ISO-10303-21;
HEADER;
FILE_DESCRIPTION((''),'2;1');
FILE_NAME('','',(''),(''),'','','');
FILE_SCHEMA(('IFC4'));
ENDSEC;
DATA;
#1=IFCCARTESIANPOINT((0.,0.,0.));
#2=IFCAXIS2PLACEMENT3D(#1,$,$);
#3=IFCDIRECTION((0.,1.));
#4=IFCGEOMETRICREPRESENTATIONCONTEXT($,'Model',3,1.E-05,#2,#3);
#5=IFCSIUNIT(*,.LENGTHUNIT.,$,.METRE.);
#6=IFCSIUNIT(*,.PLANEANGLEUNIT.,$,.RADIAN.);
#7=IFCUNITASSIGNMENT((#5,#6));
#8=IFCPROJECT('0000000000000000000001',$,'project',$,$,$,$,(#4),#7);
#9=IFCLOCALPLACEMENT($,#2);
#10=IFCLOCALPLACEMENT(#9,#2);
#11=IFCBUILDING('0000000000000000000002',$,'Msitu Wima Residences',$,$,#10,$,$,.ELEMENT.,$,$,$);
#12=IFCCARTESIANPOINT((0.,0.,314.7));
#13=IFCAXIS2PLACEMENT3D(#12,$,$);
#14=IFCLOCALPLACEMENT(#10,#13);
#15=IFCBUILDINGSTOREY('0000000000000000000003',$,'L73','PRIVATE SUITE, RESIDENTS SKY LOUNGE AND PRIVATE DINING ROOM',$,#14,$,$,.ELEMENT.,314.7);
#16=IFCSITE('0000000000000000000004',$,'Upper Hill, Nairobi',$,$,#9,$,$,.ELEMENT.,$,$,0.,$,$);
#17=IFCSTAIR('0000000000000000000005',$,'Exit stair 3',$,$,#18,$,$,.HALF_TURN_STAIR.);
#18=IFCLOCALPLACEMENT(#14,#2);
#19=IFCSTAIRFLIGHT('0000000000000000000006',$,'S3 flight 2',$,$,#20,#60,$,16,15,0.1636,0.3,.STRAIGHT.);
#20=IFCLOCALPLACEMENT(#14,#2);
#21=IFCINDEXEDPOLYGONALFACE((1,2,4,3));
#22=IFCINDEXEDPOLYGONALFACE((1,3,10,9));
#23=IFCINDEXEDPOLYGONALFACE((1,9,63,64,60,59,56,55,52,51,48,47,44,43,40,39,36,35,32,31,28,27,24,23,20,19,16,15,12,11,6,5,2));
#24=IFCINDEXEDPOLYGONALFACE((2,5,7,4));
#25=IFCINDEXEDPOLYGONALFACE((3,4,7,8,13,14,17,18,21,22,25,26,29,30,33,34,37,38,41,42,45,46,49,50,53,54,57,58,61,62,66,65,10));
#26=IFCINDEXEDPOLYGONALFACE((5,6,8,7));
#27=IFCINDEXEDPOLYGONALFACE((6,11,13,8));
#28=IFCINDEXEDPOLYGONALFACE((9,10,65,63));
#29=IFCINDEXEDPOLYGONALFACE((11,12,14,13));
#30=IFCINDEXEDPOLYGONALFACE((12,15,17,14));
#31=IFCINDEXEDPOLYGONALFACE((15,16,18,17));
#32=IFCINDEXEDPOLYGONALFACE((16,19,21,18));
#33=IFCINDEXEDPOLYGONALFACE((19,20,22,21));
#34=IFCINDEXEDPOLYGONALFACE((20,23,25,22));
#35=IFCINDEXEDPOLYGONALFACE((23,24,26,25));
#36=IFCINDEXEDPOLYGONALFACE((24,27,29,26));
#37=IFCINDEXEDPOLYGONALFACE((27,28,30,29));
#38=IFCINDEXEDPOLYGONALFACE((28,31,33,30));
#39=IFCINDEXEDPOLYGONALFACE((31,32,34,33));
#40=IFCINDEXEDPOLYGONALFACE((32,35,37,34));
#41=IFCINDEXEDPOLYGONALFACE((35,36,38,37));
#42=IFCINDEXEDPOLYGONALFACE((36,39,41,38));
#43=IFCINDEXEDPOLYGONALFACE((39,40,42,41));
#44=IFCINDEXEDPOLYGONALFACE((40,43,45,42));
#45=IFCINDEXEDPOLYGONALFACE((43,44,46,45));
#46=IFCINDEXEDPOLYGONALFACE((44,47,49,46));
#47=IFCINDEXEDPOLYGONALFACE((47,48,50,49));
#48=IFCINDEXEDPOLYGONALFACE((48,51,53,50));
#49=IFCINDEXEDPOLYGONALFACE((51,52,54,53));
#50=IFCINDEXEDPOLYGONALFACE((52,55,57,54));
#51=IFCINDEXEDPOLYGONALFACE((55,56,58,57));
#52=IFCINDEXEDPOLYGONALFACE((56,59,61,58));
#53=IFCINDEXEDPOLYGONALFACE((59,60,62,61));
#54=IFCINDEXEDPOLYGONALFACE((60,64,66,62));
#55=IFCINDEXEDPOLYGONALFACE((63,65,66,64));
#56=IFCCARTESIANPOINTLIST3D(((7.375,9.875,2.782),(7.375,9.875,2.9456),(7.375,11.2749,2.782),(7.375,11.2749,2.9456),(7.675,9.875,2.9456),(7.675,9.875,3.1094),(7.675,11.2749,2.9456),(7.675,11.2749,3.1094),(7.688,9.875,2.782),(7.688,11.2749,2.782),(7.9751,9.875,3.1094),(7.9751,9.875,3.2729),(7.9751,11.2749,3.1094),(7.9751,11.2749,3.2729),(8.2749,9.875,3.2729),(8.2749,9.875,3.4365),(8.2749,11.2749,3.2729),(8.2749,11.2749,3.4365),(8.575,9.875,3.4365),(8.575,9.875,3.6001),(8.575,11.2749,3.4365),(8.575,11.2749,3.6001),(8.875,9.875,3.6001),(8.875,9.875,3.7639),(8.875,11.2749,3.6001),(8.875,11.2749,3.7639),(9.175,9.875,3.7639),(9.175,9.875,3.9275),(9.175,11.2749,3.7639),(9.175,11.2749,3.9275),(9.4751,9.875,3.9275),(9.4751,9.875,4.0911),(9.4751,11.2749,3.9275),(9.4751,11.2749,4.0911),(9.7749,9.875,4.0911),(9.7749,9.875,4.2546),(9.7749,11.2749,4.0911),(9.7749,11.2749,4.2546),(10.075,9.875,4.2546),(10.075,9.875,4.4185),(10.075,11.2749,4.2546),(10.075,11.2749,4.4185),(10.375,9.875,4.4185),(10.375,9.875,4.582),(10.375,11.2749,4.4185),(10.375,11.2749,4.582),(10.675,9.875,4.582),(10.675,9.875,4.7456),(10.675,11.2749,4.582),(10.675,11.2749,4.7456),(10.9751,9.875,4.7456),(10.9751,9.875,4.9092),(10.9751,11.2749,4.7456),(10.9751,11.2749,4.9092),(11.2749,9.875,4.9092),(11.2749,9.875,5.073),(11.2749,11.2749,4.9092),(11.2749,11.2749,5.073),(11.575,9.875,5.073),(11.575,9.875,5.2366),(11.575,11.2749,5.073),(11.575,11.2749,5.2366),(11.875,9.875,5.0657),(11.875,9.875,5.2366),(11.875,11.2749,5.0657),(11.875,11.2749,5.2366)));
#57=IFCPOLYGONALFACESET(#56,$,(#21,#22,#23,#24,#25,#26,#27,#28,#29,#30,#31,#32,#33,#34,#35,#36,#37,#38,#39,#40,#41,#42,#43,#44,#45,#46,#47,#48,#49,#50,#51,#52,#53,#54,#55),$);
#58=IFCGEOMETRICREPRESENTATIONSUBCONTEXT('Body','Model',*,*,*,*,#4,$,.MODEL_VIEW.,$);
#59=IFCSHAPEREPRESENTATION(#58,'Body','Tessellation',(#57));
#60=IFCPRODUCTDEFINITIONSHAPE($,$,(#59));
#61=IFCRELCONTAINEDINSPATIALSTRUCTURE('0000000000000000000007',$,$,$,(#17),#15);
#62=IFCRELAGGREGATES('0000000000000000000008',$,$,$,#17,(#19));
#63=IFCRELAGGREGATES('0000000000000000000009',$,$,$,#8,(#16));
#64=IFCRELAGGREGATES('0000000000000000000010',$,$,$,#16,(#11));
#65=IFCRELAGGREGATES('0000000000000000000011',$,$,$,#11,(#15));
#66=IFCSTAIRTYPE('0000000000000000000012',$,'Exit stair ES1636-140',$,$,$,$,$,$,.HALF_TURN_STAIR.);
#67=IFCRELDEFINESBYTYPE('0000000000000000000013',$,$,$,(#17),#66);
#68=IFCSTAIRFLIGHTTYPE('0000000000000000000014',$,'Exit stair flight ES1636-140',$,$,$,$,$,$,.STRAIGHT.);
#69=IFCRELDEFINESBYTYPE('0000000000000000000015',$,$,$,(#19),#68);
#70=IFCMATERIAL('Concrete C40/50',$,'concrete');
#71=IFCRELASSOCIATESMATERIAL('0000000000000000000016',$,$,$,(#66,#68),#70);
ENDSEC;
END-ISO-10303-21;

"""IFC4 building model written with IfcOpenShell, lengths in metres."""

from ifc_helpers import new_model, si_unit, direction, frame, origin, place, context, subcontext, project, spatial, polyline, outline, extrude, material, type_object, element, aggregate, save


model = new_model("IFC4")

# Units and contexts
model_context = context("Model", 3, precision=1e-05, world=origin(), true_north=direction((0.0, 1.0)))
body_context = subcontext(model_context, "Body", "Model", "MODEL_VIEW")
ifc_project = project(units=[si_unit("LENGTHUNIT", "METRE"), si_unit("PLANEANGLEUNIT", "RADIAN")], contexts=[model_context])

# Site, building, storey
site_placement = place(None, origin())
site = spatial("IfcSite", under=ifc_project, at=site_placement, Name="Upper Hill, Nairobi", CompositionType="ELEMENT", RefElevation=0.0)
building_placement = place(site_placement, origin())
building = spatial("IfcBuilding", under=site, at=building_placement, Name="Msitu Wima Residences", CompositionType="ELEMENT")
storey_placement = place(building_placement, frame((0.0, 0.0, 314.7)))
storey = spatial("IfcBuildingStorey", under=building, at=storey_placement, Name="L73", Description="PRIVATE SUITE, RESIDENTS SKY LOUNGE AND PRIVATE DINING ROOM", CompositionType="ELEMENT", Elevation=314.7)

# Stair, stair flight
ifc_material_1 = material(Name="Concrete C40/50", Category="concrete")
stair_type = type_object("IfcStairType", Name="Exit stair ES1636-140", PredefinedType="HALF_TURN_STAIR", material=ifc_material_1)
stair_placement = place(storey_placement, origin())
stair = element("IfcStair", 1, at=stair_placement, inside=storey, type_object=stair_type, Name="Exit stair 3", PredefinedType="HALF_TURN_STAIR")
stair_flight_type = type_object("IfcStairFlightType", Name="Exit stair flight ES1636-140", PredefinedType="STRAIGHT", material=ifc_material_1)
stair_flight_placement = place(storey_placement, frame((7.375, 10.575, 2.782), z_axis=(0.0, 0.0, 1.0), x_axis=(1.0, 0.0, 0.0)))
stair_flight = element("IfcStairFlight", 2, at=stair_flight_placement, type_object=stair_flight_type, Name="S3 flight 2", NumberOfRisers=16, NumberOfTreads=15, PredefinedType="STRAIGHT", RiserHeight=0.1636, TreadLength=0.3, context=body_context, shape_type="SweptSolid", body=[
    extrude(outline(polyline([(0.0, 0.0), (0.0, 0.1636), (0.3, 0.1636), (0.3, 0.3274), (0.6001, 0.3274), (0.6001, 0.491), (0.8999, 0.491), (0.8999, 0.6545), (1.2, 0.6545), (1.2, 0.8181), (1.5, 0.8181), (1.5, 0.9819), (1.8, 0.9819), (1.8, 1.1455), (2.1001, 1.1455), (2.1001, 1.3091), (2.3999, 1.3091), (2.3999, 1.4727), (2.7, 1.4727), (2.7, 1.6365), (3.0, 1.6365), (3.0, 1.8), (3.3, 1.8), (3.3, 1.9636), (3.6001, 1.9636), (3.6001, 2.1272), (3.8999, 2.1272), (3.8999, 2.291), (4.2, 2.291), (4.2, 2.4546), (4.5, 2.4546), (4.5, 2.6182), (4.5, 2.2837), (0.313, 0.0), (0.0, 0.0)])), frame((0.0, 0.7, 0.0), z_axis=(0.0, -1.0, 0.0), x_axis=(1.0, 0.0, 0.0)), (0.0, 0.0, 1.0), 1.3999),
])
aggregate(stair, [stair_flight])

save(model, "model.ifc")
